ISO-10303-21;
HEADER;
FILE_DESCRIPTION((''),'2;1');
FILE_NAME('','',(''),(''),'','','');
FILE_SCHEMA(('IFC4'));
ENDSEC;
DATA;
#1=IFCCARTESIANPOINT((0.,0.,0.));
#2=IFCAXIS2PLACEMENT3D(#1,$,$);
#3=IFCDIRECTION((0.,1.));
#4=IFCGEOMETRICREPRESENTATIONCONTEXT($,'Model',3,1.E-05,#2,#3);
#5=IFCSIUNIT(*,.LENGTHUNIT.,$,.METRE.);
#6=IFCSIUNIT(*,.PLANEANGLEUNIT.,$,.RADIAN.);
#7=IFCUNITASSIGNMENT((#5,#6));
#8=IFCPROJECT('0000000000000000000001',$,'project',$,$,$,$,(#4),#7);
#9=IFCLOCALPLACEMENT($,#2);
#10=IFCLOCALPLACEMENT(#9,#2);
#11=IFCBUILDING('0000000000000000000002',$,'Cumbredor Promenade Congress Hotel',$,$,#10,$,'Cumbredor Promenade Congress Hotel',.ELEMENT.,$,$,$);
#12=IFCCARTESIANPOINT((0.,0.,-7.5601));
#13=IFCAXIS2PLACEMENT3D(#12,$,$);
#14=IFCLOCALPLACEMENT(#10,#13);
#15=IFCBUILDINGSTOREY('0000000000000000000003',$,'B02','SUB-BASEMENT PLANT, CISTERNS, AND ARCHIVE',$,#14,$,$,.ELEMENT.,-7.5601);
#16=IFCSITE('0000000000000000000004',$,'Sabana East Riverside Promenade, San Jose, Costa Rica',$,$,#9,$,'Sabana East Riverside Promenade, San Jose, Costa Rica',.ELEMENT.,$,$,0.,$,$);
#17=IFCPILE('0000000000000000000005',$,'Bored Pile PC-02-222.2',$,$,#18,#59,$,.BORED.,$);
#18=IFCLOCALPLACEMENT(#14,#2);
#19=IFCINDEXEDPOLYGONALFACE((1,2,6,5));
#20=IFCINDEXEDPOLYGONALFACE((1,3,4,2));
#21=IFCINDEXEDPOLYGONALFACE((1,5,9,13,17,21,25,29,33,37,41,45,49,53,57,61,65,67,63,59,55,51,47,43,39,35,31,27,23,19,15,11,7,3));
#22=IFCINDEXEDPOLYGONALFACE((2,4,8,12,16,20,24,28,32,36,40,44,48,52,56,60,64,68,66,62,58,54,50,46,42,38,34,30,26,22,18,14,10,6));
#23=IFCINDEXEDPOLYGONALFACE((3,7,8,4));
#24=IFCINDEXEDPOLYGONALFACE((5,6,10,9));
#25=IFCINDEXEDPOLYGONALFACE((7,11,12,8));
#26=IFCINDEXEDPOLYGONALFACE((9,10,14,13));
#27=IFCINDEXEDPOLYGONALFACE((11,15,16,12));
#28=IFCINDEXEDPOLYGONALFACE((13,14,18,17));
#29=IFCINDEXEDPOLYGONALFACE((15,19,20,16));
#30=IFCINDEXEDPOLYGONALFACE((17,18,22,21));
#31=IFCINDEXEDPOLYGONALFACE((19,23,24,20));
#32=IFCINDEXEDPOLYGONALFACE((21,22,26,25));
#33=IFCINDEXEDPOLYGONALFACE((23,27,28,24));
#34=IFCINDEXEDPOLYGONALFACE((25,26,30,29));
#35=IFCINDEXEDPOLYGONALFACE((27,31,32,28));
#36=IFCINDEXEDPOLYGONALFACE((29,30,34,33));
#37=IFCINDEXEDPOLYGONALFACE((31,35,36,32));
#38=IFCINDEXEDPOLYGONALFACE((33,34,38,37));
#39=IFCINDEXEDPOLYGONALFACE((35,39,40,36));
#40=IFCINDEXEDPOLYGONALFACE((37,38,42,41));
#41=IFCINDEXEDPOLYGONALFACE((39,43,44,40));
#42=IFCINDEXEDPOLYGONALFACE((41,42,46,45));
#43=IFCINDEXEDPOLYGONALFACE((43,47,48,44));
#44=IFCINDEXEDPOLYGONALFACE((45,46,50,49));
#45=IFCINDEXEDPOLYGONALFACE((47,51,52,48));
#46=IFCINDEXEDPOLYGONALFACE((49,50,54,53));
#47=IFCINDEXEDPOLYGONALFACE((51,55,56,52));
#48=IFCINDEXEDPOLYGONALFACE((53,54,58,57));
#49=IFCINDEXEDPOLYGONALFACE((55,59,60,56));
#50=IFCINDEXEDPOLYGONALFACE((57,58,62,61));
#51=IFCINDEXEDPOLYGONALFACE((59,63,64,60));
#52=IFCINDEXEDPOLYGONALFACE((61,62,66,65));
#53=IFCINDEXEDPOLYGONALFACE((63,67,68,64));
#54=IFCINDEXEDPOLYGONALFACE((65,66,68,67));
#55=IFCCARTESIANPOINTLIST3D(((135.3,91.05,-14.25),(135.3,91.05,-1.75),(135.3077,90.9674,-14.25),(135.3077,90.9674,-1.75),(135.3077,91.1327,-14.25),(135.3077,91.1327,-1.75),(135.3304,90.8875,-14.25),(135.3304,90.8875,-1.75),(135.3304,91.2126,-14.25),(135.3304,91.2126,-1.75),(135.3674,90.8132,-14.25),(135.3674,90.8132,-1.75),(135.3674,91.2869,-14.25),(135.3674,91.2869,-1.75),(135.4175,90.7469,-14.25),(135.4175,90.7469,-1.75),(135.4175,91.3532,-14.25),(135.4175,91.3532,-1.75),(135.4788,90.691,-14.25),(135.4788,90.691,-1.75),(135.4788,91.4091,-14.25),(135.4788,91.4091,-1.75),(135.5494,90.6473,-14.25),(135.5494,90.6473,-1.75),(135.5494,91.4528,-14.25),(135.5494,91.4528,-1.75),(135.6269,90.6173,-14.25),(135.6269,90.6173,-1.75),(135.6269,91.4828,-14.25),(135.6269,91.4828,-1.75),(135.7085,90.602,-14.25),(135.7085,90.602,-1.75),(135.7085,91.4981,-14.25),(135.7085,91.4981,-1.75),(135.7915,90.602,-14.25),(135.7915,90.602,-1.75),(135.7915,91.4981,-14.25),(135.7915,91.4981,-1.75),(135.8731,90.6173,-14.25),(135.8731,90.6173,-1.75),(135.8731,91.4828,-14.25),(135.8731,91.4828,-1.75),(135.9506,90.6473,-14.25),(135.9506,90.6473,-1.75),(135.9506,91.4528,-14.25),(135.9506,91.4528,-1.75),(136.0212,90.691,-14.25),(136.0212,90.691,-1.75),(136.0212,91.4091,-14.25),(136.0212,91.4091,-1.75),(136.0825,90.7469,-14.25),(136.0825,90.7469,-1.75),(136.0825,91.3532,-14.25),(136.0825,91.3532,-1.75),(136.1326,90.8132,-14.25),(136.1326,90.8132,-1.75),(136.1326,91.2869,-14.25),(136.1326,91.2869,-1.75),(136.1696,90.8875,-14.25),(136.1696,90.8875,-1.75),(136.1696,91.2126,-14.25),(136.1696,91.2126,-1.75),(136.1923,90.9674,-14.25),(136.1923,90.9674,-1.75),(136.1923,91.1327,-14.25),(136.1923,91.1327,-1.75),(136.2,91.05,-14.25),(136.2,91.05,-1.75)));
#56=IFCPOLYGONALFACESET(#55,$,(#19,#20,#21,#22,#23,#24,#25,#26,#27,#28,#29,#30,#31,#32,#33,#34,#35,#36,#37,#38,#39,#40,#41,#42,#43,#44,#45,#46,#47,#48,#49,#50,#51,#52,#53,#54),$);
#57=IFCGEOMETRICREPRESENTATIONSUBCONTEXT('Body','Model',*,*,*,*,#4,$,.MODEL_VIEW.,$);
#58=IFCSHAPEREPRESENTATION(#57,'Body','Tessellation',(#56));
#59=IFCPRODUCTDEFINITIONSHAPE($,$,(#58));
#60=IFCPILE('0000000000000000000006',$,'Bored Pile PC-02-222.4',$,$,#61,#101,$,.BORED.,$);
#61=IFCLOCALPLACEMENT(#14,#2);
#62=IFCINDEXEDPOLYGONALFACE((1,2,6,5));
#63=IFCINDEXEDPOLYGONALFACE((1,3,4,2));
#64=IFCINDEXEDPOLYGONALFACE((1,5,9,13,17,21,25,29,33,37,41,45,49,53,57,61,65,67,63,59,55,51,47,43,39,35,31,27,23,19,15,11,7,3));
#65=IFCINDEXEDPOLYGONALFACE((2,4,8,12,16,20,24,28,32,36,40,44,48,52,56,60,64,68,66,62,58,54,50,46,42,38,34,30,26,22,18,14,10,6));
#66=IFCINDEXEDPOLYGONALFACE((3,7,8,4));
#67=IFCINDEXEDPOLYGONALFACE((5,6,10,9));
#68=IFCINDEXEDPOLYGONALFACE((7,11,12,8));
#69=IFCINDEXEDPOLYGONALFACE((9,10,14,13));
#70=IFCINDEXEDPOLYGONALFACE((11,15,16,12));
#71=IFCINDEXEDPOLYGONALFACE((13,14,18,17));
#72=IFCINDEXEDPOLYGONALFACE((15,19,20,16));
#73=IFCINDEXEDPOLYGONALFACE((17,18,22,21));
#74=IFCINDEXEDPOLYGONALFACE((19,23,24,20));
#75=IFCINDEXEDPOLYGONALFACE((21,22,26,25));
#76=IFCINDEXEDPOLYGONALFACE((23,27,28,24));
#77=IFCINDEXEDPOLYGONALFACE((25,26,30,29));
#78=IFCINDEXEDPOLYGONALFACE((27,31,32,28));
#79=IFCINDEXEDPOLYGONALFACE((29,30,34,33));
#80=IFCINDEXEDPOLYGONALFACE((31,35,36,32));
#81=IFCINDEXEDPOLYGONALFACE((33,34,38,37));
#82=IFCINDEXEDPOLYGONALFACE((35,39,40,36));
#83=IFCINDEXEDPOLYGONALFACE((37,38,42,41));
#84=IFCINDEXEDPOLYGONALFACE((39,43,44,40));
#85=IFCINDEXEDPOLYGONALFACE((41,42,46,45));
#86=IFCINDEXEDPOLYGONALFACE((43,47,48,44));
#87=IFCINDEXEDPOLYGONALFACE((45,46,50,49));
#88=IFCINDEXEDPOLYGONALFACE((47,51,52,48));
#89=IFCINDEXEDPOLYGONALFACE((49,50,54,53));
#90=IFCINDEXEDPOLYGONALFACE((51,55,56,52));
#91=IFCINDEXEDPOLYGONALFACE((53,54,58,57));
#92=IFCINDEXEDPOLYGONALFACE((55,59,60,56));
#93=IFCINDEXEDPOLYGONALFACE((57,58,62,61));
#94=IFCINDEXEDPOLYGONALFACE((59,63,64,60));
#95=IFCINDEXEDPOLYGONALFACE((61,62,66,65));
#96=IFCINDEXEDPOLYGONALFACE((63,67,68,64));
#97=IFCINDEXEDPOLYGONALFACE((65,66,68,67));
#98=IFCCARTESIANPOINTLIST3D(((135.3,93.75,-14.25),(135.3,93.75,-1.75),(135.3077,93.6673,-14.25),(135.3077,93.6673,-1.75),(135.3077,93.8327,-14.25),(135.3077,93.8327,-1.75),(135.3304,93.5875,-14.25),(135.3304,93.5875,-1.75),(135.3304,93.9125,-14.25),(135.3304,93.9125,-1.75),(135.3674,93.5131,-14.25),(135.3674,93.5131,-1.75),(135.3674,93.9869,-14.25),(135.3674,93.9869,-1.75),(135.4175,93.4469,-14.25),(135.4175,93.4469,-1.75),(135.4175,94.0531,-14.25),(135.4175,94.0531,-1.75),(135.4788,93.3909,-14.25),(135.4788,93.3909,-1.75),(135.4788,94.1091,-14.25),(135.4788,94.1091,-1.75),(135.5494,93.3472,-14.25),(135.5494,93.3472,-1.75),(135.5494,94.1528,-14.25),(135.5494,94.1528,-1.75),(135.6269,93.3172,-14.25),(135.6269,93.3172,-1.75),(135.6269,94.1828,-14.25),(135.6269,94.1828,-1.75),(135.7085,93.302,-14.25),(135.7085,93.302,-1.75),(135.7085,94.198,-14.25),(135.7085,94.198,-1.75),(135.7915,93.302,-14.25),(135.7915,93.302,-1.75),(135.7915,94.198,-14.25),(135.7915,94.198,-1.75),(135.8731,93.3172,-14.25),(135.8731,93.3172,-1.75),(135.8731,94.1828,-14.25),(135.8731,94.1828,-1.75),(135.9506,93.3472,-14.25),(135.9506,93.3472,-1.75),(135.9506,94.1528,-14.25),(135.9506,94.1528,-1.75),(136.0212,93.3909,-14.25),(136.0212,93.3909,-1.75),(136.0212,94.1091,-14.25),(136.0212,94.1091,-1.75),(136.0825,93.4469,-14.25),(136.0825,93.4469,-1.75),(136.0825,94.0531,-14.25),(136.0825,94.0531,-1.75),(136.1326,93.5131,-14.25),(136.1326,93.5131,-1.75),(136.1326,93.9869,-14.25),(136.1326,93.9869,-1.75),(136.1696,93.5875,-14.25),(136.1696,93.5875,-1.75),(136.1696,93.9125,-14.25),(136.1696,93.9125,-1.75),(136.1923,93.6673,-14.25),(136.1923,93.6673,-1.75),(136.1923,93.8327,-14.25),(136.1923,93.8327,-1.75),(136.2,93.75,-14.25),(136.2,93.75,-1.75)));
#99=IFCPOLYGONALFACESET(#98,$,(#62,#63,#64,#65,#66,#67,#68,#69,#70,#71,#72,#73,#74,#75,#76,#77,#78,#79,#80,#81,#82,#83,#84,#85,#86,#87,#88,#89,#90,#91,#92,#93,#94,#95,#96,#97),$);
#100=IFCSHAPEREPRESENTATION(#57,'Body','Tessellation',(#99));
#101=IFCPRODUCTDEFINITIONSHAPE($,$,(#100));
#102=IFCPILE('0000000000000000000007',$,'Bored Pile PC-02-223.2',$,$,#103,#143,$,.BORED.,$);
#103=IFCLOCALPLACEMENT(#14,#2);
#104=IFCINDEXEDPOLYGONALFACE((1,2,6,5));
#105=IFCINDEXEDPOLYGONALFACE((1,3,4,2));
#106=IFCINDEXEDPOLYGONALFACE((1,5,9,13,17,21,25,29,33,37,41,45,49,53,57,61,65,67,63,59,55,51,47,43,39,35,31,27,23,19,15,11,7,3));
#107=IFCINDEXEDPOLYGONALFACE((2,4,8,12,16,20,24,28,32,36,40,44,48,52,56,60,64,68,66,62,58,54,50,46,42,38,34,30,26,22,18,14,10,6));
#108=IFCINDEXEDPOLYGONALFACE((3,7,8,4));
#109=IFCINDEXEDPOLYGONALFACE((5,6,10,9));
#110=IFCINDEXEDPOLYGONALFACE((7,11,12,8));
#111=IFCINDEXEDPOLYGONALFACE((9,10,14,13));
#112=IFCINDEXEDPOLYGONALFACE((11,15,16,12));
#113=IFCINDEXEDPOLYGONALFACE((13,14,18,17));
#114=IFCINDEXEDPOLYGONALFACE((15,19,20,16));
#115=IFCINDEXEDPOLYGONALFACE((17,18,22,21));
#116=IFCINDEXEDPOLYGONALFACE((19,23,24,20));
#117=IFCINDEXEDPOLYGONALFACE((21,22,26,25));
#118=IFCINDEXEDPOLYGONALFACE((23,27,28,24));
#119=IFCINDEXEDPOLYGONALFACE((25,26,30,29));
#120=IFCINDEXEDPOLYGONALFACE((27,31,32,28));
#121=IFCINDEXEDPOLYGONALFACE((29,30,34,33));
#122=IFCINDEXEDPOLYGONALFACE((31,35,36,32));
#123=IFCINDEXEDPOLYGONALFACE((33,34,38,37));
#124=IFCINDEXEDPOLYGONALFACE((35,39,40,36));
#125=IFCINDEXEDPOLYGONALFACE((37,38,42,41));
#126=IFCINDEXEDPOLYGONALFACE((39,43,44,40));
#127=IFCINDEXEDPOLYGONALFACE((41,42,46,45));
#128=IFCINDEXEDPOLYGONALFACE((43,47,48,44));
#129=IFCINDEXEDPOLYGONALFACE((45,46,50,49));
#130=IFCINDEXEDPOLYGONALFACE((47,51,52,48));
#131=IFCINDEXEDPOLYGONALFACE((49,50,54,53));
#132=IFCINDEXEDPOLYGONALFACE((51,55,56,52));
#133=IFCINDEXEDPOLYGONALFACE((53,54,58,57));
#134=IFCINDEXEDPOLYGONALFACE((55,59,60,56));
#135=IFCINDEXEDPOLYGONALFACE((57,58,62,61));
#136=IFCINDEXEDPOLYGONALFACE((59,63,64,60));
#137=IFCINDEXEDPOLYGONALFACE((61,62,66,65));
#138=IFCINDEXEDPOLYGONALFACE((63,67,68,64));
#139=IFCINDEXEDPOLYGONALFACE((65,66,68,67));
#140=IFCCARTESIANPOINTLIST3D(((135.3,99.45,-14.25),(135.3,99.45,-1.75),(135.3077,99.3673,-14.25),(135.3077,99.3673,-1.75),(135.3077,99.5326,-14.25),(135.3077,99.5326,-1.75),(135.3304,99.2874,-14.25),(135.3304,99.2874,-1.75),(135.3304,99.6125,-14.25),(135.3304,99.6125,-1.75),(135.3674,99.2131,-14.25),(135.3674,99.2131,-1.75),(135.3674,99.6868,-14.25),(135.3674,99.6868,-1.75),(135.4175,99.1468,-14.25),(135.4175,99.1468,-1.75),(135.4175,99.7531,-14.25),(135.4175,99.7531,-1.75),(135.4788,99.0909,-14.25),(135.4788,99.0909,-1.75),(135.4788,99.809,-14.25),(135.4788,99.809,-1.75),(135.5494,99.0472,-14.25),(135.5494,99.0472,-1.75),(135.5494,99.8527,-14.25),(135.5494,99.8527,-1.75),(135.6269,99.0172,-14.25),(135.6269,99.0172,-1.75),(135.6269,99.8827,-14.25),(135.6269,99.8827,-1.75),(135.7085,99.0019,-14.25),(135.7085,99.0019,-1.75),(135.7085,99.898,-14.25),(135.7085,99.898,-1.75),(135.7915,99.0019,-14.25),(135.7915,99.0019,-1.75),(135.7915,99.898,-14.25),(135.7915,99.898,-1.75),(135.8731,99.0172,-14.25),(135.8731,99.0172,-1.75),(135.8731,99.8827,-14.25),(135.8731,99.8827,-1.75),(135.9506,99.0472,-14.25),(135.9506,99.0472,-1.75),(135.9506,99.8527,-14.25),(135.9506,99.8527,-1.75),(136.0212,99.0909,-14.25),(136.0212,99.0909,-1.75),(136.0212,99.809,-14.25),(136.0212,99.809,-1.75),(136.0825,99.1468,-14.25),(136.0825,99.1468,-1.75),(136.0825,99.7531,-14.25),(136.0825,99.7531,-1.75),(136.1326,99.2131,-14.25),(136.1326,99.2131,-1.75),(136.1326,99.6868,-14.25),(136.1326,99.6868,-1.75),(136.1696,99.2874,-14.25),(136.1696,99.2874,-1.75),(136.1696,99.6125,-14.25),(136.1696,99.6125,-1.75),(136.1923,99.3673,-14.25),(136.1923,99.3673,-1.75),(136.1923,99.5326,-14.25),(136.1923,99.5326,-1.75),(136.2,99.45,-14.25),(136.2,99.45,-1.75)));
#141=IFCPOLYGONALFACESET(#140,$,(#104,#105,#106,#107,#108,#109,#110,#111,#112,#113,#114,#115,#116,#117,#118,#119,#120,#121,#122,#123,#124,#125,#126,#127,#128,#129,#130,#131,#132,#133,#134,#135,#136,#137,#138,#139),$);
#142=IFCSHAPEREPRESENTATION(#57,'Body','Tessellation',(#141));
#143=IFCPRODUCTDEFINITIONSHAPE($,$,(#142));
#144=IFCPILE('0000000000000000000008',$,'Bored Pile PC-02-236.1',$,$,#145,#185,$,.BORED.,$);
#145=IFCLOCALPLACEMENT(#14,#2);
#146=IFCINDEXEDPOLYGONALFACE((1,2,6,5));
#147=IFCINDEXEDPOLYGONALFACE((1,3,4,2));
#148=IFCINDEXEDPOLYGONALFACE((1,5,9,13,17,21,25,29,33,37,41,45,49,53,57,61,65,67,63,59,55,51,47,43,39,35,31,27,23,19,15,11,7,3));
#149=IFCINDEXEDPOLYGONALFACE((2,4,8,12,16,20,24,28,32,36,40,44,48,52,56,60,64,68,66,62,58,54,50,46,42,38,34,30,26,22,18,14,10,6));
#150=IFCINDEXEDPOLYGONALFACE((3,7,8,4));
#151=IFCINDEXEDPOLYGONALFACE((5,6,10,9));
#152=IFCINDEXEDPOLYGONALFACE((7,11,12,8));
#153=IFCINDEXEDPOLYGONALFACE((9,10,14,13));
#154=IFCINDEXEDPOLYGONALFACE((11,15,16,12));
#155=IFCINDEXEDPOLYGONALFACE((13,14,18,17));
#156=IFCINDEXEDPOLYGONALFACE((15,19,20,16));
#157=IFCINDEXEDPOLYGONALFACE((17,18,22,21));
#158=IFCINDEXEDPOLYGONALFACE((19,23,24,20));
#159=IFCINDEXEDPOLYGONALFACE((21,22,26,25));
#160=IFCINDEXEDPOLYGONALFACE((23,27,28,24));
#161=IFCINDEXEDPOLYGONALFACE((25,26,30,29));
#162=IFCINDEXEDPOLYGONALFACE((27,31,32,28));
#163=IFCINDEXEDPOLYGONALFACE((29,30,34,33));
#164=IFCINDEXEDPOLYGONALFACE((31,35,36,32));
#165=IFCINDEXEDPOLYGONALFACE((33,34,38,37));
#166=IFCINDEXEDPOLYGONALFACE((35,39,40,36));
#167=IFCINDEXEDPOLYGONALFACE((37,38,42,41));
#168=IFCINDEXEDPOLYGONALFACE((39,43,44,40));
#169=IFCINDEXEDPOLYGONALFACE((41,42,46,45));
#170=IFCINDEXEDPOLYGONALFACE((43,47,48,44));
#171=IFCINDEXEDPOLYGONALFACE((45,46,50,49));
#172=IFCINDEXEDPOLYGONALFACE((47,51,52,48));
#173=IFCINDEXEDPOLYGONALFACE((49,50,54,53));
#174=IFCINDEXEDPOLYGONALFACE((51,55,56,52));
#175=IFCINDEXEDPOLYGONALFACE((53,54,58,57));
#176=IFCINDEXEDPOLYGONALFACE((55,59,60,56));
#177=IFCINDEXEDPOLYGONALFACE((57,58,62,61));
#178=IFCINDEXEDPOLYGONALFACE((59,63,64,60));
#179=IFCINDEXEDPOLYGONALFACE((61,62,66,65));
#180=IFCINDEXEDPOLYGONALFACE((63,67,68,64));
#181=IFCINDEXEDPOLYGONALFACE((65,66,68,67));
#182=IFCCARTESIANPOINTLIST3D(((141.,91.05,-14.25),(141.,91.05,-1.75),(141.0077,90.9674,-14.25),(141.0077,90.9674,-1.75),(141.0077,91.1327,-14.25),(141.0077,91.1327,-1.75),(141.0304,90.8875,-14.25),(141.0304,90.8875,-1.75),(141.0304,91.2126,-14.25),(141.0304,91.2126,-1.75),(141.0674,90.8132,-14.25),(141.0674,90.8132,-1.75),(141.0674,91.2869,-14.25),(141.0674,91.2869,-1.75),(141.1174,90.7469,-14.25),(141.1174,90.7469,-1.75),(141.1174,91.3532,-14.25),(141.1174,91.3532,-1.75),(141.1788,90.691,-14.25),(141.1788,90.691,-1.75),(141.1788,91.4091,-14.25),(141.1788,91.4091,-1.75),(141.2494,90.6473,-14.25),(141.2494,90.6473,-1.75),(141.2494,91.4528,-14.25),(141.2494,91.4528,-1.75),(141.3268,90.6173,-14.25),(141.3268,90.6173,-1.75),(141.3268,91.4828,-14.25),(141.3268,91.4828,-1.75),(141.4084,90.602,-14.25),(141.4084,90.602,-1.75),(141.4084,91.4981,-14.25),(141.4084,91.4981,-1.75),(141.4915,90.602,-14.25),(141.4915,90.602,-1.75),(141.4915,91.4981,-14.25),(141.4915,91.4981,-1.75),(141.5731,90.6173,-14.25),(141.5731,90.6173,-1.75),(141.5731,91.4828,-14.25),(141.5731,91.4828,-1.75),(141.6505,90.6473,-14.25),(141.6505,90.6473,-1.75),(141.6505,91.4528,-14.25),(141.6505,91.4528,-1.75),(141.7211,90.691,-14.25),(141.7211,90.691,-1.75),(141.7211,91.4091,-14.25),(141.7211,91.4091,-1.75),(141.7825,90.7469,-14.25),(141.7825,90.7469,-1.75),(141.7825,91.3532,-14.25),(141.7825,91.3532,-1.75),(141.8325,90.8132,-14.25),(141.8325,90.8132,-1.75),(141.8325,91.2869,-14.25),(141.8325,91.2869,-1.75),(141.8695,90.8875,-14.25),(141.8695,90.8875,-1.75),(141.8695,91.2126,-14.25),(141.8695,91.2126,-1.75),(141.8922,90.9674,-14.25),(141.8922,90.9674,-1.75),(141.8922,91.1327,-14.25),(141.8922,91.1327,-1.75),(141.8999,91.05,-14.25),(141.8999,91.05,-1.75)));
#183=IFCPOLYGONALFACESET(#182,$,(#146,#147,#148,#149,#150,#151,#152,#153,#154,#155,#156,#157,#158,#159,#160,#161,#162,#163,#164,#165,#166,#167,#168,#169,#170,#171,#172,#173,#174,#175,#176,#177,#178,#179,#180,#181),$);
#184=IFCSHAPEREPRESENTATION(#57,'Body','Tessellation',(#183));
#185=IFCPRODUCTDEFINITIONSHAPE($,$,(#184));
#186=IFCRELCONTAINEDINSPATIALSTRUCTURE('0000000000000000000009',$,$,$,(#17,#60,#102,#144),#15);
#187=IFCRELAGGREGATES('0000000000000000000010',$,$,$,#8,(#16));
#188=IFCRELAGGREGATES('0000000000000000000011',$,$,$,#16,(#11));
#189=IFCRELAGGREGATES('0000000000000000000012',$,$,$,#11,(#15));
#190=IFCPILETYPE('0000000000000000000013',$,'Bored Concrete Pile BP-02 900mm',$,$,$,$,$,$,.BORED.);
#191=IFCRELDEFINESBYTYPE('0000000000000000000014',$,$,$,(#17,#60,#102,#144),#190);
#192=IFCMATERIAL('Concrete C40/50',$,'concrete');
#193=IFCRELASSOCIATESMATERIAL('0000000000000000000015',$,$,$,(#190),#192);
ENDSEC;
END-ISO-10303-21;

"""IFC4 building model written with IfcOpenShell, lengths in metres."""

from ifc_helpers import new_model, si_unit, direction, frame, origin, origin_2d, place, context, subcontext, project, spatial, circle, extrude, material, material_profile, profile_set, type_object, element, save


model = new_model("IFC4")

# Units and contexts
model_context = context("Model", 3, precision=1e-05, world=origin(), true_north=direction((0.0, 1.0)))
body_context = subcontext(model_context, "Body", "Model", "MODEL_VIEW")
ifc_project = project(units=[si_unit("LENGTHUNIT", "METRE"), si_unit("PLANEANGLEUNIT", "RADIAN")], contexts=[model_context])

# Site, building, storey
site_placement = place(None, origin())
site = spatial("IfcSite", under=ifc_project, at=site_placement, Name="Sabana East Riverside Promenade, San Jose, Costa Rica", LongName="Sabana East Riverside Promenade, San Jose, Costa Rica", CompositionType="ELEMENT", RefElevation=0.0)
building_placement = place(site_placement, origin())
building = spatial("IfcBuilding", under=site, at=building_placement, Name="Cumbredor Promenade Congress Hotel", LongName="Cumbredor Promenade Congress Hotel", CompositionType="ELEMENT")
storey_placement = place(building_placement, frame((0.0, 0.0, -7.5601)))
storey = spatial("IfcBuildingStorey", under=building, at=storey_placement, Name="B02", Description="SUB-BASEMENT PLANT, CISTERNS, AND ARCHIVE", CompositionType="ELEMENT", Elevation=-7.5601)

# Piles
ifc_material_1 = material(Name="Concrete C40/50", Category="concrete")
ifc_material_profile_1 = material_profile(ifc_material_1, circle(Radius=0.45, at=origin_2d()), Name="PILE D900")
ifc_profile_set_1 = profile_set([ifc_material_profile_1], Name="Concrete C40/50")
pile_type = type_object("IfcPileType", Name="Bored Concrete Pile BP-02 900mm", PredefinedType="BORED", material=ifc_profile_set_1)
for number, where, z_axis, x_axis, name in (
    (1, (135.75, 91.05, -1.75), (0.0, 0.0, -1.0), (1.0, 0.0, 0.0), "Bored Pile PC-02-222.2"),
    (2, (135.75, 93.75, -1.75), (0.0, 0.0, -1.0), (1.0, 0.0, 0.0), "Bored Pile PC-02-222.4"),
    (3, (135.75, 99.45, -1.75), (0.0, 0.0, -1.0), (1.0, 0.0, 0.0), "Bored Pile PC-02-223.2"),
    (4, (141.45, 91.05, -1.75), (0.0, 0.0, -1.0), (1.0, 0.0, 0.0), "Bored Pile PC-02-236.1"),
):
    element("IfcPile", number, at=place(storey_placement, frame(where, z_axis=z_axis, x_axis=x_axis)), inside=storey, type_object=pile_type, Name=name, PredefinedType="BORED", context=body_context, shape_type="SweptSolid", body=[
        extrude(circle(Radius=0.45, at=origin_2d()), origin(), (0.0, 0.0, 1.0), 12.5),
    ])

save(model, "model.ifc")
